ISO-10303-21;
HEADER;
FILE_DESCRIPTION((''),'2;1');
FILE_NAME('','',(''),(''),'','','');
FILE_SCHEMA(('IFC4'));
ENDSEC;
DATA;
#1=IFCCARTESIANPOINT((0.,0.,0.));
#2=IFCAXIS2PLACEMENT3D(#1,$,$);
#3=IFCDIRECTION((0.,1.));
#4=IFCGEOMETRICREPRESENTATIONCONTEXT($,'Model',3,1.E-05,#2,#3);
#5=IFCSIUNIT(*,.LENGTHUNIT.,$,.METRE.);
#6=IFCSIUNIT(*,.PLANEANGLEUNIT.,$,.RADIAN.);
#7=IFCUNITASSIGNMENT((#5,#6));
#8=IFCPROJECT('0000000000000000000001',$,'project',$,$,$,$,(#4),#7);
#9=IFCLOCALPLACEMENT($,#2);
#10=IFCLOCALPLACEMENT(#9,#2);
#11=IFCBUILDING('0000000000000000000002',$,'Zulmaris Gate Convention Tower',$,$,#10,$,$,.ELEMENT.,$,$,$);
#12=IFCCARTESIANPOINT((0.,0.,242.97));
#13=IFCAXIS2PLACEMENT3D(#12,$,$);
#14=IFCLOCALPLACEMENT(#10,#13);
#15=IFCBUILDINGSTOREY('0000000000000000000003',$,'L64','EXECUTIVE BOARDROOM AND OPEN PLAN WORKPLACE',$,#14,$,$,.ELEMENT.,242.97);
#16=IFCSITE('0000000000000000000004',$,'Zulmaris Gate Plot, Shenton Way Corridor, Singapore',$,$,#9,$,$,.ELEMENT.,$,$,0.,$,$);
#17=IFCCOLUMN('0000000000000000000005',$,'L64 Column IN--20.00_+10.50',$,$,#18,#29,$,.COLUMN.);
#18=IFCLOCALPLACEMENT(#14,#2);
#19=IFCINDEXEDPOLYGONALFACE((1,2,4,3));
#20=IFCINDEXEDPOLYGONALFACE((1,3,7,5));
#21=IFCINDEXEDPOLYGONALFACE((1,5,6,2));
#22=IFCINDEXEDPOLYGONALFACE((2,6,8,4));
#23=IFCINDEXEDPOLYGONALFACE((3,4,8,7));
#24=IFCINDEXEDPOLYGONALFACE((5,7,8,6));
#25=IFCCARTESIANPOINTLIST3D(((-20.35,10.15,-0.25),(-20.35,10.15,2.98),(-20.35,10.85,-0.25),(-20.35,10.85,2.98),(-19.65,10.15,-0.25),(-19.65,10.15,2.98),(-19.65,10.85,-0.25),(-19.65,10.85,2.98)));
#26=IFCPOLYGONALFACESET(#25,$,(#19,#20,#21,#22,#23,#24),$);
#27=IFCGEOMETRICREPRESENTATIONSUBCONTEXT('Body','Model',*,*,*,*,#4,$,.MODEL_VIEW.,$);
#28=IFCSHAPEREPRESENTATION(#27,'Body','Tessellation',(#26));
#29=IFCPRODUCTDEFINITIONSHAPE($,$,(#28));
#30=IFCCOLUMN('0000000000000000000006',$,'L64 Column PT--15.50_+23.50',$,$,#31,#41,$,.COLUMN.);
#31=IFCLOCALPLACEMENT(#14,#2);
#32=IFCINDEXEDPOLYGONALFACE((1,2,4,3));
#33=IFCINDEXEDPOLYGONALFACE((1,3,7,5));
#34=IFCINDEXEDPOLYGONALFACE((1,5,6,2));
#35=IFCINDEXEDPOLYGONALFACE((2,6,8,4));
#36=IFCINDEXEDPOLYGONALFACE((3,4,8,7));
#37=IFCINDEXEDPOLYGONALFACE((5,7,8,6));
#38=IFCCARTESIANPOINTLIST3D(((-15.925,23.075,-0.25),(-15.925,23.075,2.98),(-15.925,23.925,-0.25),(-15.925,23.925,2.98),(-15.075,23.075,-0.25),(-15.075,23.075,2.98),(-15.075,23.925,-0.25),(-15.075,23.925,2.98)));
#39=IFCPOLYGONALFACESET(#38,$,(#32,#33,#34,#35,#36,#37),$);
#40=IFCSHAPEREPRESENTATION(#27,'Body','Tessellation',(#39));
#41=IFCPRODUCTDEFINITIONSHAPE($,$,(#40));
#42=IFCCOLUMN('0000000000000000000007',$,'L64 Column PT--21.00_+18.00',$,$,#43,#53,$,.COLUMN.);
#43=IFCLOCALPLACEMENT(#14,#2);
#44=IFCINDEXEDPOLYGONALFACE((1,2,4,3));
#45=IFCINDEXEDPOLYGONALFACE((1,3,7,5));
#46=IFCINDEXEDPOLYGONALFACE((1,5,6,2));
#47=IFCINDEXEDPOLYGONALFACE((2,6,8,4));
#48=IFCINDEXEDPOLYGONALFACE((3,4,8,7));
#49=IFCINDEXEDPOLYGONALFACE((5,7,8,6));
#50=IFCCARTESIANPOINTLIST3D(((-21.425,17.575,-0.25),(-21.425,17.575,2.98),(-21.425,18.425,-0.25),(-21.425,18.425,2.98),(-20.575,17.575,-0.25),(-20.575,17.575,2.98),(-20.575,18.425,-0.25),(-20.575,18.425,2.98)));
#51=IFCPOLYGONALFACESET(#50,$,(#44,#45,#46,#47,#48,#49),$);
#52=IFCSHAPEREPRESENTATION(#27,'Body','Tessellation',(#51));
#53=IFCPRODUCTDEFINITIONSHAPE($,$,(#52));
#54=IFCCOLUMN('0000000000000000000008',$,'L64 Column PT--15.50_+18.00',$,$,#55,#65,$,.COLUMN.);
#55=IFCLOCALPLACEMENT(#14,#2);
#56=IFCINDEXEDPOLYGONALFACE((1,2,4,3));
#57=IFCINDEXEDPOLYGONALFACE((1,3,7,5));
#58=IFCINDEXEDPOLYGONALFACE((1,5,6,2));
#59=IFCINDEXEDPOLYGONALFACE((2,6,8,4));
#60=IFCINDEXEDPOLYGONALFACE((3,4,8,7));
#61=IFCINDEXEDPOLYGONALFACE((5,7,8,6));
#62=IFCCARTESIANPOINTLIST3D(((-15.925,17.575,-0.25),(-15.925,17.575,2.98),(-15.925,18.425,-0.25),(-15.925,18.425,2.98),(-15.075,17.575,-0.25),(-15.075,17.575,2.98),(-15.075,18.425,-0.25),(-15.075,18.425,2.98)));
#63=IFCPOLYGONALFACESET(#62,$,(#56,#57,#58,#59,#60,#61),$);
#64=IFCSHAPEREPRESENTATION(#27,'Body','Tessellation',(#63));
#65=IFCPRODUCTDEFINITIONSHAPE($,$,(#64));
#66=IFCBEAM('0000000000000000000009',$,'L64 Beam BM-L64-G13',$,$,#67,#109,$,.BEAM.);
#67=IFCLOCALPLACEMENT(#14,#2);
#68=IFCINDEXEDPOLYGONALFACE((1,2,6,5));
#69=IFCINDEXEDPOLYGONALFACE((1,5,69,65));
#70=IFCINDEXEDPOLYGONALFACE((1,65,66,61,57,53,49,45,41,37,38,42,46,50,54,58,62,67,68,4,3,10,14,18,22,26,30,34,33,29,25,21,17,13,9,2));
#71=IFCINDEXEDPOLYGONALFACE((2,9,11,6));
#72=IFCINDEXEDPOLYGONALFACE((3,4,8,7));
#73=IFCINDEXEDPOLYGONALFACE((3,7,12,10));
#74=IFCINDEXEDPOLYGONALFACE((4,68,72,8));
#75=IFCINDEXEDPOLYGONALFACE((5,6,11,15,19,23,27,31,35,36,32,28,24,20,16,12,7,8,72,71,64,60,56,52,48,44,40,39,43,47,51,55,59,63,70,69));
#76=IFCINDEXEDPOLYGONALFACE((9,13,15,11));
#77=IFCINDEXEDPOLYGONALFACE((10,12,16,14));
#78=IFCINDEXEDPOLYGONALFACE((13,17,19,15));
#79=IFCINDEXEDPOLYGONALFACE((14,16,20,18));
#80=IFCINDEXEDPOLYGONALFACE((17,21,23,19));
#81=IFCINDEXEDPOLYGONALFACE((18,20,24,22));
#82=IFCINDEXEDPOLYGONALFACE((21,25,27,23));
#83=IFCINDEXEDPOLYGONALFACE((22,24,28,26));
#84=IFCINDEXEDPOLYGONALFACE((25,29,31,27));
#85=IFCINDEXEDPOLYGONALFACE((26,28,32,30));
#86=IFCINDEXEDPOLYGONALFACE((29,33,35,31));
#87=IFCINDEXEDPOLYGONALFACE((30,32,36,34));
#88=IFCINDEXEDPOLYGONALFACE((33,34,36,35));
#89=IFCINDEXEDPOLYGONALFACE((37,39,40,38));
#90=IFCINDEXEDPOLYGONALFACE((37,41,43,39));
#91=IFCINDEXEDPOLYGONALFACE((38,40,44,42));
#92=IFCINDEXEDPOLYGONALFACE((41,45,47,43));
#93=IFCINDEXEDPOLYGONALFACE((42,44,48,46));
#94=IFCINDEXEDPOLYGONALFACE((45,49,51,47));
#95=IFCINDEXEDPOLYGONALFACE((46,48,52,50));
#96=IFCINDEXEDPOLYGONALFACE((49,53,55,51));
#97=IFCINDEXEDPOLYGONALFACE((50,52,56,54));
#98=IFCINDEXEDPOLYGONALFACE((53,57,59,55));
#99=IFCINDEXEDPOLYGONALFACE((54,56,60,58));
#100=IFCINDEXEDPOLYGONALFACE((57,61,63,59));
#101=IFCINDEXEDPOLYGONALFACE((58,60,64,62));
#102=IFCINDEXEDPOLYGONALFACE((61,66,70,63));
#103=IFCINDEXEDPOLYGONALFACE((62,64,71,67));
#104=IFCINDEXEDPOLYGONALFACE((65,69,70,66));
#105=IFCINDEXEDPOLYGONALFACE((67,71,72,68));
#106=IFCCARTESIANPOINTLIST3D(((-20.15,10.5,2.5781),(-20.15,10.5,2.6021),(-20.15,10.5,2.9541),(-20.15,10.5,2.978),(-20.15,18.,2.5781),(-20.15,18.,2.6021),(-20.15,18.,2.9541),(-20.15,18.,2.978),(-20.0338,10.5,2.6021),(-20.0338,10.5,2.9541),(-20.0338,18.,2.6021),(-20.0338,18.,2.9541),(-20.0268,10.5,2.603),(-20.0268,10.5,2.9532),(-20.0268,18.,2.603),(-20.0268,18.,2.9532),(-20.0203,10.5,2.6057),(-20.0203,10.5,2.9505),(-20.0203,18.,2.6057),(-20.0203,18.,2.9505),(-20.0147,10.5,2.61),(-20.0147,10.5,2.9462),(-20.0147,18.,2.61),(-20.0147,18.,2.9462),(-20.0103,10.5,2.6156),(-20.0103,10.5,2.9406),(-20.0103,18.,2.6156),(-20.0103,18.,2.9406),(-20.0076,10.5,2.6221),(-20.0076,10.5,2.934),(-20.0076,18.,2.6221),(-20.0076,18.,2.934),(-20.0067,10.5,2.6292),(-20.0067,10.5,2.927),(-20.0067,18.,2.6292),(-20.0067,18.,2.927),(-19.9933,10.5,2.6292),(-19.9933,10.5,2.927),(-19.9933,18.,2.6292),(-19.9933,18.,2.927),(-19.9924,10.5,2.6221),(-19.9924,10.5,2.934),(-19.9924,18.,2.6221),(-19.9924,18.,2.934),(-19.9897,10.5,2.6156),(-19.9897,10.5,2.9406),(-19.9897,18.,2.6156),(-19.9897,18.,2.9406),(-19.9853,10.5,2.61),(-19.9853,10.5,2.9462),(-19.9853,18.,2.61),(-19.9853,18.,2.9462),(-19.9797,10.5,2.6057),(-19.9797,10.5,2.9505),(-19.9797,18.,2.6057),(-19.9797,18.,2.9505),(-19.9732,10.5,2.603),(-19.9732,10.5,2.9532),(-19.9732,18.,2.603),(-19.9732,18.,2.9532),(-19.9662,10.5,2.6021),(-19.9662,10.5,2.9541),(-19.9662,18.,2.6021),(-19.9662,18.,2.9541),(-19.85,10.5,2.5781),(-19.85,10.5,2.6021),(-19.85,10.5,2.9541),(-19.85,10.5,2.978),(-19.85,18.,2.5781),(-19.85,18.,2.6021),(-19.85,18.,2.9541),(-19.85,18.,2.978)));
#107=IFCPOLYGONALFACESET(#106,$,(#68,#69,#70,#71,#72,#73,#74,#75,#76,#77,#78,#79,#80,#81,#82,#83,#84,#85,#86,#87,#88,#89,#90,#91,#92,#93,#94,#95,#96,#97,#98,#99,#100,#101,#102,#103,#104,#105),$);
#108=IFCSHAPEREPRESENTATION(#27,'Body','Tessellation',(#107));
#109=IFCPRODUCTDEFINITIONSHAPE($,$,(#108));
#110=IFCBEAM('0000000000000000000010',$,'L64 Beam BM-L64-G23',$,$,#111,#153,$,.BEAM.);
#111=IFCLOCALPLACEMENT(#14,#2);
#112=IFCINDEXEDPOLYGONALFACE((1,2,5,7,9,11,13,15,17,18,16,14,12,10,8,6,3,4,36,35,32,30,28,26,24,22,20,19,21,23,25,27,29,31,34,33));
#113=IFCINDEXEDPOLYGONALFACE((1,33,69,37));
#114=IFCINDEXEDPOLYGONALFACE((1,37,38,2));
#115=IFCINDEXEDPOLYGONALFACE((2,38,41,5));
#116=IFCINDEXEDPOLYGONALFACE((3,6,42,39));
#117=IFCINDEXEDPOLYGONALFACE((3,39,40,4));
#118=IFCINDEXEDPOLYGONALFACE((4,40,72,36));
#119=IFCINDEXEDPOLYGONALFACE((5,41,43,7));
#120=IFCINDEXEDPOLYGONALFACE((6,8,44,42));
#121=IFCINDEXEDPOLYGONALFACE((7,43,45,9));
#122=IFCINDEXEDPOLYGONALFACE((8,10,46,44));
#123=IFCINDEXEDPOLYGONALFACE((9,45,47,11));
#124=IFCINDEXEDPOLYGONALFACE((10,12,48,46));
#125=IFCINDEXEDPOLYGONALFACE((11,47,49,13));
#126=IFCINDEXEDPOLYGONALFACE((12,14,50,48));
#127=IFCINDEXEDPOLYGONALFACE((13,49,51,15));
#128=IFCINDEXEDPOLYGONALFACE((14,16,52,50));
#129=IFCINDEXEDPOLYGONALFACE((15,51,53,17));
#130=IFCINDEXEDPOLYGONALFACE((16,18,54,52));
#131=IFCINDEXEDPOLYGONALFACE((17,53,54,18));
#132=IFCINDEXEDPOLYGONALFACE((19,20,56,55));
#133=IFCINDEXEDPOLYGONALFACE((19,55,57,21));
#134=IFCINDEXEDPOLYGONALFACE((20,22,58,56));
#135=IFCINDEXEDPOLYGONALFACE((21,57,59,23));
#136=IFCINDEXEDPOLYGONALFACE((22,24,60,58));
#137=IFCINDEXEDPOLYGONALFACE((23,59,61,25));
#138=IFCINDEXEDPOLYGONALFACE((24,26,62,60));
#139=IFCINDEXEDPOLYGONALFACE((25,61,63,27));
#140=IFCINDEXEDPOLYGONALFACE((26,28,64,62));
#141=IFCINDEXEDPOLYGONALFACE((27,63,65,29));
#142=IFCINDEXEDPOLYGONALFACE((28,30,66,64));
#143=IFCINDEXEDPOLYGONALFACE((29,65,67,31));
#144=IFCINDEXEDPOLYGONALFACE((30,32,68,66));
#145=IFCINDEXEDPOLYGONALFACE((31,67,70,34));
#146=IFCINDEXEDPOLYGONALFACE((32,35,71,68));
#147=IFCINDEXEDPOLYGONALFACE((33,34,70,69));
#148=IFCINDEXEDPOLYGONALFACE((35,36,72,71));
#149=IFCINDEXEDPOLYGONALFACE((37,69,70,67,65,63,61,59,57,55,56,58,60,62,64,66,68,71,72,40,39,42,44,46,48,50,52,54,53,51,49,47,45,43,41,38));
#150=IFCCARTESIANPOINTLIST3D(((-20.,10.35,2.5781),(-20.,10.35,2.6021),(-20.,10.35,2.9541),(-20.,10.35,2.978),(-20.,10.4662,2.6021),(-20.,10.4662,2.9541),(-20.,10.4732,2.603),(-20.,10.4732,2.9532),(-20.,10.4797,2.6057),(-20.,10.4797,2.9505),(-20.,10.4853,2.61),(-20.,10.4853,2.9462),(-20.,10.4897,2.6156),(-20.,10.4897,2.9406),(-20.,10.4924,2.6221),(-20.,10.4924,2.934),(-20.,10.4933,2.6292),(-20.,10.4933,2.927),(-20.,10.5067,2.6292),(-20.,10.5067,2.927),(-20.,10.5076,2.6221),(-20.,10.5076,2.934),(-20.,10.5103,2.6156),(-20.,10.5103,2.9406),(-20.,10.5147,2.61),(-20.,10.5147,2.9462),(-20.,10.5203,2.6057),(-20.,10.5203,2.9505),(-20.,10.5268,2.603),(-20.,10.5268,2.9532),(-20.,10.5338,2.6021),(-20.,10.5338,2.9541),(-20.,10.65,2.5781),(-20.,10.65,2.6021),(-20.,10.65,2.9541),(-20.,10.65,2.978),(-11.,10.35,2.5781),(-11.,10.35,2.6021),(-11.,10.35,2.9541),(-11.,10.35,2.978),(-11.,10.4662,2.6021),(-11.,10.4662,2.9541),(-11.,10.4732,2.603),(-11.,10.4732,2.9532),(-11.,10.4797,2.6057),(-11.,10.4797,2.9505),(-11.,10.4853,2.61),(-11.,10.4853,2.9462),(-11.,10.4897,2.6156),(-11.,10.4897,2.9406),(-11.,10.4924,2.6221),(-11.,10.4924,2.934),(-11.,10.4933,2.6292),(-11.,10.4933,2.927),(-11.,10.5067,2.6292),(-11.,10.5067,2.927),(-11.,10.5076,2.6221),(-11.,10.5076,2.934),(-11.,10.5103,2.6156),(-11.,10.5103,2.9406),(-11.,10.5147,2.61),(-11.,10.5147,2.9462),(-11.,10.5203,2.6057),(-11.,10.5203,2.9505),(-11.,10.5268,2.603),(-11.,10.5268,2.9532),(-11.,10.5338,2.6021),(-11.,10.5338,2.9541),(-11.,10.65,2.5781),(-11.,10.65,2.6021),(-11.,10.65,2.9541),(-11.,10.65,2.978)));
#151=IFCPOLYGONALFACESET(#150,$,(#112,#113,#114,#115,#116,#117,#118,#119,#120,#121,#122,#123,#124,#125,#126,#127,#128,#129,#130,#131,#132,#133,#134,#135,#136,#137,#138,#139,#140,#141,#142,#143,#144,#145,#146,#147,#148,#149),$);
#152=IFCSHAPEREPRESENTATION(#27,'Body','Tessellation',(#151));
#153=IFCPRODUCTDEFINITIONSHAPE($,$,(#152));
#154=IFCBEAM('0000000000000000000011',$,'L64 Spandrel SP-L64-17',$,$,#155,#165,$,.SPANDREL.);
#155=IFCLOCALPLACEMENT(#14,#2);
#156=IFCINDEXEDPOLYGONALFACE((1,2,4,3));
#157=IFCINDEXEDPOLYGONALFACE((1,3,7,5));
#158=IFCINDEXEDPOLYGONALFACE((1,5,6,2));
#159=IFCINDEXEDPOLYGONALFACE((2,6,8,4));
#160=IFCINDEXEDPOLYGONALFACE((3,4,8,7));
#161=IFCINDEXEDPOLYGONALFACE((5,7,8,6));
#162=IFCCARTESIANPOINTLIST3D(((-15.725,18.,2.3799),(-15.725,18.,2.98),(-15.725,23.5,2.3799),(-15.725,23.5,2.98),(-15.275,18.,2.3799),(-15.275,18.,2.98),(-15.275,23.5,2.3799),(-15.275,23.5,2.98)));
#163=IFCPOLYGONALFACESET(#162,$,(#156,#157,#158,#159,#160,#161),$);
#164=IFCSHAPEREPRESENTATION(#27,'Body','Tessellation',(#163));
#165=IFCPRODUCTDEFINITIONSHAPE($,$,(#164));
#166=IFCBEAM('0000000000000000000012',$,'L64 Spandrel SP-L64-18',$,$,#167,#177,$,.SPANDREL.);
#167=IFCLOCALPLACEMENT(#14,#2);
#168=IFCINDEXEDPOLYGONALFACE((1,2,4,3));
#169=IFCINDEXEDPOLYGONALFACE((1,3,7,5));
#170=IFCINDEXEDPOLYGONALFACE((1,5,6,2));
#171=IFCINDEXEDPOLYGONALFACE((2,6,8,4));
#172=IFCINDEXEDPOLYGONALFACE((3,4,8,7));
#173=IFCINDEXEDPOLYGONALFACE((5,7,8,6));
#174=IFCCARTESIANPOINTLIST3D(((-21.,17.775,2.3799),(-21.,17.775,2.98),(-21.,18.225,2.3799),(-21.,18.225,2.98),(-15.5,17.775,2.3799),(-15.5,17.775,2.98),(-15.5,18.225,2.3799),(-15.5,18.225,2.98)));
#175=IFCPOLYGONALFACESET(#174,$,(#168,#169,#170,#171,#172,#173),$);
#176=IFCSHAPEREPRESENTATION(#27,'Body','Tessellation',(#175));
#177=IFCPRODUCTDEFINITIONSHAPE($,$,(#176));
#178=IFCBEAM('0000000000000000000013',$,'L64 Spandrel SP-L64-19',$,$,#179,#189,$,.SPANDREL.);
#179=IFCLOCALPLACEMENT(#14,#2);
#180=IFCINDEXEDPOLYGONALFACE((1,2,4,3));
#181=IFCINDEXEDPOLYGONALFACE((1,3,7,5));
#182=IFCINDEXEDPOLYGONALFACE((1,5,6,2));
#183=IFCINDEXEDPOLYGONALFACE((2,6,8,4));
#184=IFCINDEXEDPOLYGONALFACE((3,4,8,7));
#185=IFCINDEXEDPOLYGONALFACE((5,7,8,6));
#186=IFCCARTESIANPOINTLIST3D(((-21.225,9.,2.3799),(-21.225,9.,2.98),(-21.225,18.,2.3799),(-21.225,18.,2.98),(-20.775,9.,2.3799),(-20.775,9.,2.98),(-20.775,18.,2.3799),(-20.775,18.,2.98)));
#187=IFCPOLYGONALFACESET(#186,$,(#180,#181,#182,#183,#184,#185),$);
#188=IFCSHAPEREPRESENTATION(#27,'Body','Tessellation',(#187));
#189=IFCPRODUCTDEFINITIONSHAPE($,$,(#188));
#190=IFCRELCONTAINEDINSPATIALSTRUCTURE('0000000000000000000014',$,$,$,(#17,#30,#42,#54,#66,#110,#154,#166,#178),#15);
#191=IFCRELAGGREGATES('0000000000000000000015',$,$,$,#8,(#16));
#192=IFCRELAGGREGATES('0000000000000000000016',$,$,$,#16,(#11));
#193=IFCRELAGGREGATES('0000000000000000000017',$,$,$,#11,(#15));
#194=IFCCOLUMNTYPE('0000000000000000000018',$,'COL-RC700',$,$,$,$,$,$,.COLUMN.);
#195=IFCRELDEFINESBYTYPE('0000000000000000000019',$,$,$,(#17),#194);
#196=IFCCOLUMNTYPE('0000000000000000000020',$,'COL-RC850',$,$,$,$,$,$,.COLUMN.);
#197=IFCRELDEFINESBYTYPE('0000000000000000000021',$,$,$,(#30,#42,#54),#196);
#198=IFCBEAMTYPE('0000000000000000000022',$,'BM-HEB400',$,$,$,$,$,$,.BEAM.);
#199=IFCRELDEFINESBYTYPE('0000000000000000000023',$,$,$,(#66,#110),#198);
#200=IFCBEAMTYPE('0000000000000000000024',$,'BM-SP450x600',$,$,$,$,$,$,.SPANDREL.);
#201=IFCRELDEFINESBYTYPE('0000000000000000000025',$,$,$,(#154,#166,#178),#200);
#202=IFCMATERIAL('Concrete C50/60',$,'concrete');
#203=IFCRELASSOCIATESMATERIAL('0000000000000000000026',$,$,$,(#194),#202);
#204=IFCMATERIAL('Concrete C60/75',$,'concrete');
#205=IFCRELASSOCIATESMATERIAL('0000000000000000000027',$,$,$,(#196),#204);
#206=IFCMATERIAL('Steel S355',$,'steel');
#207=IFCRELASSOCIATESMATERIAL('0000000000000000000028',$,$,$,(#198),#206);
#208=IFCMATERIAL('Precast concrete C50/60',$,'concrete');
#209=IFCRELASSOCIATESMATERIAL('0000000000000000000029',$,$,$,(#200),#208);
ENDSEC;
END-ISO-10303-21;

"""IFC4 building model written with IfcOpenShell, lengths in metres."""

from ifc_helpers import new_model, si_unit, direction, frame, origin, origin_2d, place, context, subcontext, project, spatial, rectangle, i_section, extrude, material, material_profile, profile_set, type_object, element, save


model = new_model("IFC4")

# Units and contexts
model_context = context("Model", 3, precision=1e-05, world=origin(), true_north=direction((0.0, 1.0)))
body_context = subcontext(model_context, "Body", "Model", "MODEL_VIEW")
ifc_project = project(units=[si_unit("LENGTHUNIT", "METRE"), si_unit("PLANEANGLEUNIT", "RADIAN")], contexts=[model_context])

# Site, building, storey
site_placement = place(None, origin())
site = spatial("IfcSite", under=ifc_project, at=site_placement, Name="Zulmaris Gate Plot, Shenton Way Corridor, Singapore", CompositionType="ELEMENT", RefElevation=0.0)
building_placement = place(site_placement, origin())
building = spatial("IfcBuilding", under=site, at=building_placement, Name="Zulmaris Gate Convention Tower", CompositionType="ELEMENT")
storey_placement = place(building_placement, frame((0.0, 0.0, 242.97)))
storey = spatial("IfcBuildingStorey", under=building, at=storey_placement, Name="L64", Description="EXECUTIVE BOARDROOM AND OPEN PLAN WORKPLACE", CompositionType="ELEMENT", Elevation=242.97)

# Columns
ifc_material_1 = material(Name="Concrete C50/60", Category="concrete")
ifc_material_profile_1 = material_profile(ifc_material_1, rectangle(XDim=0.7, YDim=0.7, at=origin_2d()), Name="RC COL 700x700")
ifc_profile_set_1 = profile_set([ifc_material_profile_1], Name="Concrete C50/60")
column_type_1 = type_object("IfcColumnType", Name="COL-RC700", PredefinedType="COLUMN", material=ifc_profile_set_1)
column_placement = place(storey_placement, frame((-20.0, 10.5, -0.25), z_axis=(0.0, 0.0, 1.0), x_axis=(1.0, 0.0, 0.0)))
element("IfcColumn", 1, at=column_placement, inside=storey, type_object=column_type_1, Name="L64 Column IN--20.00_+10.50", PredefinedType="COLUMN", context=body_context, shape_type="SweptSolid", body=[
    extrude(rectangle(XDim=0.7, YDim=0.7, at=origin_2d()), origin(), (0.0, 0.0, 1.0), 3.23),
])
ifc_material_2 = material(Name="Concrete C60/75", Category="concrete")
ifc_material_profile_2 = material_profile(ifc_material_2, rectangle(XDim=0.8501, YDim=0.8501, at=origin_2d()), Name="RC COL 850x850")
ifc_profile_set_2 = profile_set([ifc_material_profile_2], Name="Concrete C60/75")
column_type_2 = type_object("IfcColumnType", Name="COL-RC850", PredefinedType="COLUMN", material=ifc_profile_set_2)
for number, where, z_axis, x_axis, name in (
    (2, (-15.5, 23.5, -0.25), (0.0, 0.0, 1.0), (1.0, 0.0, 0.0), "L64 Column PT--15.50_+23.50"),
    (3, (-21.0, 18.0, -0.25), (0.0, 0.0, 1.0), (1.0, 0.0, 0.0), "L64 Column PT--21.00_+18.00"),
    (4, (-15.5, 18.0, -0.25), (0.0, 0.0, 1.0), (1.0, 0.0, 0.0), "L64 Column PT--15.50_+18.00"),
):
    element("IfcColumn", number, at=place(storey_placement, frame(where, z_axis=z_axis, x_axis=x_axis)), inside=storey, type_object=column_type_2, Name=name, PredefinedType="COLUMN", context=body_context, shape_type="SweptSolid", body=[
        extrude(rectangle(XDim=0.8501, YDim=0.8501, at=origin_2d()), origin(), (0.0, 0.0, 1.0), 3.23),
    ])

# Beams
ifc_material_3 = material(Name="Steel S355", Category="steel")
ifc_material_profile_3 = material_profile(ifc_material_3, i_section(OverallWidth=0.3, OverallDepth=0.3999, WebThickness=0.0134, FlangeThickness=0.0239, FilletRadius=0.0271, at=origin_2d()), Name="HEB 400")
ifc_profile_set_3 = profile_set([ifc_material_profile_3], Name="Steel S355")
beam_type_1 = type_object("IfcBeamType", Name="BM-HEB400", PredefinedType="BEAM", material=ifc_profile_set_3)
beam_1_placement = place(storey_placement, frame((-20.0, 10.5, 2.7781), z_axis=(0.0, 1.0, 0.0), x_axis=(-1.0, 0.0, 0.0)))
element("IfcBeam", 5, at=beam_1_placement, inside=storey, type_object=beam_type_1, Name="L64 Beam BM-L64-G13", PredefinedType="BEAM", context=body_context, shape_type="SweptSolid", body=[
    extrude(i_section(OverallWidth=0.3, OverallDepth=0.3999, WebThickness=0.0134, FlangeThickness=0.0239, FilletRadius=0.0271, at=origin_2d()), origin(), (0.0, 0.0, 1.0), 7.5),
])
beam_2_placement = place(storey_placement, frame((-20.0, 10.5, 2.7781), z_axis=(1.0, 0.0, 0.0), x_axis=(0.0, 1.0, 0.0)))
element("IfcBeam", 6, at=beam_2_placement, inside=storey, type_object=beam_type_1, Name="L64 Beam BM-L64-G23", PredefinedType="BEAM", context=body_context, shape_type="SweptSolid", body=[
    extrude(i_section(OverallWidth=0.3, OverallDepth=0.3999, WebThickness=0.0134, FlangeThickness=0.0239, FilletRadius=0.0271, at=origin_2d()), origin(), (0.0, 0.0, 1.0), 9.0),
])
ifc_material_4 = material(Name="Precast concrete C50/60", Category="concrete")
ifc_material_profile_4 = material_profile(ifc_material_4, rectangle(XDim=0.45, YDim=0.6001, at=origin_2d()), Name="RC SPANDREL 450x600")
ifc_profile_set_4 = profile_set([ifc_material_profile_4], Name="Precast concrete C50/60")
beam_type_2 = type_object("IfcBeamType", Name="BM-SP450x600", PredefinedType="SPANDREL", material=ifc_profile_set_4)
for number, where, z_axis, x_axis, name in (
    (7, (-15.5, 23.5, 2.6799), (0.0, -1.0, 0.0), (1.0, 0.0, 0.0), "L64 Spandrel SP-L64-17"),
    (8, (-15.5, 18.0, 2.6799), (-1.0, 0.0, 0.0), (0.0, -1.0, 0.0), "L64 Spandrel SP-L64-18"),
):
    element("IfcBeam", number, at=place(storey_placement, frame(where, z_axis=z_axis, x_axis=x_axis)), inside=storey, type_object=beam_type_2, Name=name, PredefinedType="SPANDREL", context=body_context, shape_type="SweptSolid", body=[
        extrude(rectangle(XDim=0.45, YDim=0.6001, at=origin_2d()), origin(), (0.0, 0.0, 1.0), 5.5),
    ])
beam_3_placement = place(storey_placement, frame((-21.0, 18.0, 2.6799), z_axis=(0.0, -1.0, 0.0), x_axis=(1.0, 0.0, 0.0)))
element("IfcBeam", 9, at=beam_3_placement, inside=storey, type_object=beam_type_2, Name="L64 Spandrel SP-L64-19", PredefinedType="SPANDREL", context=body_context, shape_type="SweptSolid", body=[
    extrude(rectangle(XDim=0.45, YDim=0.6001, at=origin_2d()), origin(), (0.0, 0.0, 1.0), 9.0),
])

save(model, "model.ifc")
